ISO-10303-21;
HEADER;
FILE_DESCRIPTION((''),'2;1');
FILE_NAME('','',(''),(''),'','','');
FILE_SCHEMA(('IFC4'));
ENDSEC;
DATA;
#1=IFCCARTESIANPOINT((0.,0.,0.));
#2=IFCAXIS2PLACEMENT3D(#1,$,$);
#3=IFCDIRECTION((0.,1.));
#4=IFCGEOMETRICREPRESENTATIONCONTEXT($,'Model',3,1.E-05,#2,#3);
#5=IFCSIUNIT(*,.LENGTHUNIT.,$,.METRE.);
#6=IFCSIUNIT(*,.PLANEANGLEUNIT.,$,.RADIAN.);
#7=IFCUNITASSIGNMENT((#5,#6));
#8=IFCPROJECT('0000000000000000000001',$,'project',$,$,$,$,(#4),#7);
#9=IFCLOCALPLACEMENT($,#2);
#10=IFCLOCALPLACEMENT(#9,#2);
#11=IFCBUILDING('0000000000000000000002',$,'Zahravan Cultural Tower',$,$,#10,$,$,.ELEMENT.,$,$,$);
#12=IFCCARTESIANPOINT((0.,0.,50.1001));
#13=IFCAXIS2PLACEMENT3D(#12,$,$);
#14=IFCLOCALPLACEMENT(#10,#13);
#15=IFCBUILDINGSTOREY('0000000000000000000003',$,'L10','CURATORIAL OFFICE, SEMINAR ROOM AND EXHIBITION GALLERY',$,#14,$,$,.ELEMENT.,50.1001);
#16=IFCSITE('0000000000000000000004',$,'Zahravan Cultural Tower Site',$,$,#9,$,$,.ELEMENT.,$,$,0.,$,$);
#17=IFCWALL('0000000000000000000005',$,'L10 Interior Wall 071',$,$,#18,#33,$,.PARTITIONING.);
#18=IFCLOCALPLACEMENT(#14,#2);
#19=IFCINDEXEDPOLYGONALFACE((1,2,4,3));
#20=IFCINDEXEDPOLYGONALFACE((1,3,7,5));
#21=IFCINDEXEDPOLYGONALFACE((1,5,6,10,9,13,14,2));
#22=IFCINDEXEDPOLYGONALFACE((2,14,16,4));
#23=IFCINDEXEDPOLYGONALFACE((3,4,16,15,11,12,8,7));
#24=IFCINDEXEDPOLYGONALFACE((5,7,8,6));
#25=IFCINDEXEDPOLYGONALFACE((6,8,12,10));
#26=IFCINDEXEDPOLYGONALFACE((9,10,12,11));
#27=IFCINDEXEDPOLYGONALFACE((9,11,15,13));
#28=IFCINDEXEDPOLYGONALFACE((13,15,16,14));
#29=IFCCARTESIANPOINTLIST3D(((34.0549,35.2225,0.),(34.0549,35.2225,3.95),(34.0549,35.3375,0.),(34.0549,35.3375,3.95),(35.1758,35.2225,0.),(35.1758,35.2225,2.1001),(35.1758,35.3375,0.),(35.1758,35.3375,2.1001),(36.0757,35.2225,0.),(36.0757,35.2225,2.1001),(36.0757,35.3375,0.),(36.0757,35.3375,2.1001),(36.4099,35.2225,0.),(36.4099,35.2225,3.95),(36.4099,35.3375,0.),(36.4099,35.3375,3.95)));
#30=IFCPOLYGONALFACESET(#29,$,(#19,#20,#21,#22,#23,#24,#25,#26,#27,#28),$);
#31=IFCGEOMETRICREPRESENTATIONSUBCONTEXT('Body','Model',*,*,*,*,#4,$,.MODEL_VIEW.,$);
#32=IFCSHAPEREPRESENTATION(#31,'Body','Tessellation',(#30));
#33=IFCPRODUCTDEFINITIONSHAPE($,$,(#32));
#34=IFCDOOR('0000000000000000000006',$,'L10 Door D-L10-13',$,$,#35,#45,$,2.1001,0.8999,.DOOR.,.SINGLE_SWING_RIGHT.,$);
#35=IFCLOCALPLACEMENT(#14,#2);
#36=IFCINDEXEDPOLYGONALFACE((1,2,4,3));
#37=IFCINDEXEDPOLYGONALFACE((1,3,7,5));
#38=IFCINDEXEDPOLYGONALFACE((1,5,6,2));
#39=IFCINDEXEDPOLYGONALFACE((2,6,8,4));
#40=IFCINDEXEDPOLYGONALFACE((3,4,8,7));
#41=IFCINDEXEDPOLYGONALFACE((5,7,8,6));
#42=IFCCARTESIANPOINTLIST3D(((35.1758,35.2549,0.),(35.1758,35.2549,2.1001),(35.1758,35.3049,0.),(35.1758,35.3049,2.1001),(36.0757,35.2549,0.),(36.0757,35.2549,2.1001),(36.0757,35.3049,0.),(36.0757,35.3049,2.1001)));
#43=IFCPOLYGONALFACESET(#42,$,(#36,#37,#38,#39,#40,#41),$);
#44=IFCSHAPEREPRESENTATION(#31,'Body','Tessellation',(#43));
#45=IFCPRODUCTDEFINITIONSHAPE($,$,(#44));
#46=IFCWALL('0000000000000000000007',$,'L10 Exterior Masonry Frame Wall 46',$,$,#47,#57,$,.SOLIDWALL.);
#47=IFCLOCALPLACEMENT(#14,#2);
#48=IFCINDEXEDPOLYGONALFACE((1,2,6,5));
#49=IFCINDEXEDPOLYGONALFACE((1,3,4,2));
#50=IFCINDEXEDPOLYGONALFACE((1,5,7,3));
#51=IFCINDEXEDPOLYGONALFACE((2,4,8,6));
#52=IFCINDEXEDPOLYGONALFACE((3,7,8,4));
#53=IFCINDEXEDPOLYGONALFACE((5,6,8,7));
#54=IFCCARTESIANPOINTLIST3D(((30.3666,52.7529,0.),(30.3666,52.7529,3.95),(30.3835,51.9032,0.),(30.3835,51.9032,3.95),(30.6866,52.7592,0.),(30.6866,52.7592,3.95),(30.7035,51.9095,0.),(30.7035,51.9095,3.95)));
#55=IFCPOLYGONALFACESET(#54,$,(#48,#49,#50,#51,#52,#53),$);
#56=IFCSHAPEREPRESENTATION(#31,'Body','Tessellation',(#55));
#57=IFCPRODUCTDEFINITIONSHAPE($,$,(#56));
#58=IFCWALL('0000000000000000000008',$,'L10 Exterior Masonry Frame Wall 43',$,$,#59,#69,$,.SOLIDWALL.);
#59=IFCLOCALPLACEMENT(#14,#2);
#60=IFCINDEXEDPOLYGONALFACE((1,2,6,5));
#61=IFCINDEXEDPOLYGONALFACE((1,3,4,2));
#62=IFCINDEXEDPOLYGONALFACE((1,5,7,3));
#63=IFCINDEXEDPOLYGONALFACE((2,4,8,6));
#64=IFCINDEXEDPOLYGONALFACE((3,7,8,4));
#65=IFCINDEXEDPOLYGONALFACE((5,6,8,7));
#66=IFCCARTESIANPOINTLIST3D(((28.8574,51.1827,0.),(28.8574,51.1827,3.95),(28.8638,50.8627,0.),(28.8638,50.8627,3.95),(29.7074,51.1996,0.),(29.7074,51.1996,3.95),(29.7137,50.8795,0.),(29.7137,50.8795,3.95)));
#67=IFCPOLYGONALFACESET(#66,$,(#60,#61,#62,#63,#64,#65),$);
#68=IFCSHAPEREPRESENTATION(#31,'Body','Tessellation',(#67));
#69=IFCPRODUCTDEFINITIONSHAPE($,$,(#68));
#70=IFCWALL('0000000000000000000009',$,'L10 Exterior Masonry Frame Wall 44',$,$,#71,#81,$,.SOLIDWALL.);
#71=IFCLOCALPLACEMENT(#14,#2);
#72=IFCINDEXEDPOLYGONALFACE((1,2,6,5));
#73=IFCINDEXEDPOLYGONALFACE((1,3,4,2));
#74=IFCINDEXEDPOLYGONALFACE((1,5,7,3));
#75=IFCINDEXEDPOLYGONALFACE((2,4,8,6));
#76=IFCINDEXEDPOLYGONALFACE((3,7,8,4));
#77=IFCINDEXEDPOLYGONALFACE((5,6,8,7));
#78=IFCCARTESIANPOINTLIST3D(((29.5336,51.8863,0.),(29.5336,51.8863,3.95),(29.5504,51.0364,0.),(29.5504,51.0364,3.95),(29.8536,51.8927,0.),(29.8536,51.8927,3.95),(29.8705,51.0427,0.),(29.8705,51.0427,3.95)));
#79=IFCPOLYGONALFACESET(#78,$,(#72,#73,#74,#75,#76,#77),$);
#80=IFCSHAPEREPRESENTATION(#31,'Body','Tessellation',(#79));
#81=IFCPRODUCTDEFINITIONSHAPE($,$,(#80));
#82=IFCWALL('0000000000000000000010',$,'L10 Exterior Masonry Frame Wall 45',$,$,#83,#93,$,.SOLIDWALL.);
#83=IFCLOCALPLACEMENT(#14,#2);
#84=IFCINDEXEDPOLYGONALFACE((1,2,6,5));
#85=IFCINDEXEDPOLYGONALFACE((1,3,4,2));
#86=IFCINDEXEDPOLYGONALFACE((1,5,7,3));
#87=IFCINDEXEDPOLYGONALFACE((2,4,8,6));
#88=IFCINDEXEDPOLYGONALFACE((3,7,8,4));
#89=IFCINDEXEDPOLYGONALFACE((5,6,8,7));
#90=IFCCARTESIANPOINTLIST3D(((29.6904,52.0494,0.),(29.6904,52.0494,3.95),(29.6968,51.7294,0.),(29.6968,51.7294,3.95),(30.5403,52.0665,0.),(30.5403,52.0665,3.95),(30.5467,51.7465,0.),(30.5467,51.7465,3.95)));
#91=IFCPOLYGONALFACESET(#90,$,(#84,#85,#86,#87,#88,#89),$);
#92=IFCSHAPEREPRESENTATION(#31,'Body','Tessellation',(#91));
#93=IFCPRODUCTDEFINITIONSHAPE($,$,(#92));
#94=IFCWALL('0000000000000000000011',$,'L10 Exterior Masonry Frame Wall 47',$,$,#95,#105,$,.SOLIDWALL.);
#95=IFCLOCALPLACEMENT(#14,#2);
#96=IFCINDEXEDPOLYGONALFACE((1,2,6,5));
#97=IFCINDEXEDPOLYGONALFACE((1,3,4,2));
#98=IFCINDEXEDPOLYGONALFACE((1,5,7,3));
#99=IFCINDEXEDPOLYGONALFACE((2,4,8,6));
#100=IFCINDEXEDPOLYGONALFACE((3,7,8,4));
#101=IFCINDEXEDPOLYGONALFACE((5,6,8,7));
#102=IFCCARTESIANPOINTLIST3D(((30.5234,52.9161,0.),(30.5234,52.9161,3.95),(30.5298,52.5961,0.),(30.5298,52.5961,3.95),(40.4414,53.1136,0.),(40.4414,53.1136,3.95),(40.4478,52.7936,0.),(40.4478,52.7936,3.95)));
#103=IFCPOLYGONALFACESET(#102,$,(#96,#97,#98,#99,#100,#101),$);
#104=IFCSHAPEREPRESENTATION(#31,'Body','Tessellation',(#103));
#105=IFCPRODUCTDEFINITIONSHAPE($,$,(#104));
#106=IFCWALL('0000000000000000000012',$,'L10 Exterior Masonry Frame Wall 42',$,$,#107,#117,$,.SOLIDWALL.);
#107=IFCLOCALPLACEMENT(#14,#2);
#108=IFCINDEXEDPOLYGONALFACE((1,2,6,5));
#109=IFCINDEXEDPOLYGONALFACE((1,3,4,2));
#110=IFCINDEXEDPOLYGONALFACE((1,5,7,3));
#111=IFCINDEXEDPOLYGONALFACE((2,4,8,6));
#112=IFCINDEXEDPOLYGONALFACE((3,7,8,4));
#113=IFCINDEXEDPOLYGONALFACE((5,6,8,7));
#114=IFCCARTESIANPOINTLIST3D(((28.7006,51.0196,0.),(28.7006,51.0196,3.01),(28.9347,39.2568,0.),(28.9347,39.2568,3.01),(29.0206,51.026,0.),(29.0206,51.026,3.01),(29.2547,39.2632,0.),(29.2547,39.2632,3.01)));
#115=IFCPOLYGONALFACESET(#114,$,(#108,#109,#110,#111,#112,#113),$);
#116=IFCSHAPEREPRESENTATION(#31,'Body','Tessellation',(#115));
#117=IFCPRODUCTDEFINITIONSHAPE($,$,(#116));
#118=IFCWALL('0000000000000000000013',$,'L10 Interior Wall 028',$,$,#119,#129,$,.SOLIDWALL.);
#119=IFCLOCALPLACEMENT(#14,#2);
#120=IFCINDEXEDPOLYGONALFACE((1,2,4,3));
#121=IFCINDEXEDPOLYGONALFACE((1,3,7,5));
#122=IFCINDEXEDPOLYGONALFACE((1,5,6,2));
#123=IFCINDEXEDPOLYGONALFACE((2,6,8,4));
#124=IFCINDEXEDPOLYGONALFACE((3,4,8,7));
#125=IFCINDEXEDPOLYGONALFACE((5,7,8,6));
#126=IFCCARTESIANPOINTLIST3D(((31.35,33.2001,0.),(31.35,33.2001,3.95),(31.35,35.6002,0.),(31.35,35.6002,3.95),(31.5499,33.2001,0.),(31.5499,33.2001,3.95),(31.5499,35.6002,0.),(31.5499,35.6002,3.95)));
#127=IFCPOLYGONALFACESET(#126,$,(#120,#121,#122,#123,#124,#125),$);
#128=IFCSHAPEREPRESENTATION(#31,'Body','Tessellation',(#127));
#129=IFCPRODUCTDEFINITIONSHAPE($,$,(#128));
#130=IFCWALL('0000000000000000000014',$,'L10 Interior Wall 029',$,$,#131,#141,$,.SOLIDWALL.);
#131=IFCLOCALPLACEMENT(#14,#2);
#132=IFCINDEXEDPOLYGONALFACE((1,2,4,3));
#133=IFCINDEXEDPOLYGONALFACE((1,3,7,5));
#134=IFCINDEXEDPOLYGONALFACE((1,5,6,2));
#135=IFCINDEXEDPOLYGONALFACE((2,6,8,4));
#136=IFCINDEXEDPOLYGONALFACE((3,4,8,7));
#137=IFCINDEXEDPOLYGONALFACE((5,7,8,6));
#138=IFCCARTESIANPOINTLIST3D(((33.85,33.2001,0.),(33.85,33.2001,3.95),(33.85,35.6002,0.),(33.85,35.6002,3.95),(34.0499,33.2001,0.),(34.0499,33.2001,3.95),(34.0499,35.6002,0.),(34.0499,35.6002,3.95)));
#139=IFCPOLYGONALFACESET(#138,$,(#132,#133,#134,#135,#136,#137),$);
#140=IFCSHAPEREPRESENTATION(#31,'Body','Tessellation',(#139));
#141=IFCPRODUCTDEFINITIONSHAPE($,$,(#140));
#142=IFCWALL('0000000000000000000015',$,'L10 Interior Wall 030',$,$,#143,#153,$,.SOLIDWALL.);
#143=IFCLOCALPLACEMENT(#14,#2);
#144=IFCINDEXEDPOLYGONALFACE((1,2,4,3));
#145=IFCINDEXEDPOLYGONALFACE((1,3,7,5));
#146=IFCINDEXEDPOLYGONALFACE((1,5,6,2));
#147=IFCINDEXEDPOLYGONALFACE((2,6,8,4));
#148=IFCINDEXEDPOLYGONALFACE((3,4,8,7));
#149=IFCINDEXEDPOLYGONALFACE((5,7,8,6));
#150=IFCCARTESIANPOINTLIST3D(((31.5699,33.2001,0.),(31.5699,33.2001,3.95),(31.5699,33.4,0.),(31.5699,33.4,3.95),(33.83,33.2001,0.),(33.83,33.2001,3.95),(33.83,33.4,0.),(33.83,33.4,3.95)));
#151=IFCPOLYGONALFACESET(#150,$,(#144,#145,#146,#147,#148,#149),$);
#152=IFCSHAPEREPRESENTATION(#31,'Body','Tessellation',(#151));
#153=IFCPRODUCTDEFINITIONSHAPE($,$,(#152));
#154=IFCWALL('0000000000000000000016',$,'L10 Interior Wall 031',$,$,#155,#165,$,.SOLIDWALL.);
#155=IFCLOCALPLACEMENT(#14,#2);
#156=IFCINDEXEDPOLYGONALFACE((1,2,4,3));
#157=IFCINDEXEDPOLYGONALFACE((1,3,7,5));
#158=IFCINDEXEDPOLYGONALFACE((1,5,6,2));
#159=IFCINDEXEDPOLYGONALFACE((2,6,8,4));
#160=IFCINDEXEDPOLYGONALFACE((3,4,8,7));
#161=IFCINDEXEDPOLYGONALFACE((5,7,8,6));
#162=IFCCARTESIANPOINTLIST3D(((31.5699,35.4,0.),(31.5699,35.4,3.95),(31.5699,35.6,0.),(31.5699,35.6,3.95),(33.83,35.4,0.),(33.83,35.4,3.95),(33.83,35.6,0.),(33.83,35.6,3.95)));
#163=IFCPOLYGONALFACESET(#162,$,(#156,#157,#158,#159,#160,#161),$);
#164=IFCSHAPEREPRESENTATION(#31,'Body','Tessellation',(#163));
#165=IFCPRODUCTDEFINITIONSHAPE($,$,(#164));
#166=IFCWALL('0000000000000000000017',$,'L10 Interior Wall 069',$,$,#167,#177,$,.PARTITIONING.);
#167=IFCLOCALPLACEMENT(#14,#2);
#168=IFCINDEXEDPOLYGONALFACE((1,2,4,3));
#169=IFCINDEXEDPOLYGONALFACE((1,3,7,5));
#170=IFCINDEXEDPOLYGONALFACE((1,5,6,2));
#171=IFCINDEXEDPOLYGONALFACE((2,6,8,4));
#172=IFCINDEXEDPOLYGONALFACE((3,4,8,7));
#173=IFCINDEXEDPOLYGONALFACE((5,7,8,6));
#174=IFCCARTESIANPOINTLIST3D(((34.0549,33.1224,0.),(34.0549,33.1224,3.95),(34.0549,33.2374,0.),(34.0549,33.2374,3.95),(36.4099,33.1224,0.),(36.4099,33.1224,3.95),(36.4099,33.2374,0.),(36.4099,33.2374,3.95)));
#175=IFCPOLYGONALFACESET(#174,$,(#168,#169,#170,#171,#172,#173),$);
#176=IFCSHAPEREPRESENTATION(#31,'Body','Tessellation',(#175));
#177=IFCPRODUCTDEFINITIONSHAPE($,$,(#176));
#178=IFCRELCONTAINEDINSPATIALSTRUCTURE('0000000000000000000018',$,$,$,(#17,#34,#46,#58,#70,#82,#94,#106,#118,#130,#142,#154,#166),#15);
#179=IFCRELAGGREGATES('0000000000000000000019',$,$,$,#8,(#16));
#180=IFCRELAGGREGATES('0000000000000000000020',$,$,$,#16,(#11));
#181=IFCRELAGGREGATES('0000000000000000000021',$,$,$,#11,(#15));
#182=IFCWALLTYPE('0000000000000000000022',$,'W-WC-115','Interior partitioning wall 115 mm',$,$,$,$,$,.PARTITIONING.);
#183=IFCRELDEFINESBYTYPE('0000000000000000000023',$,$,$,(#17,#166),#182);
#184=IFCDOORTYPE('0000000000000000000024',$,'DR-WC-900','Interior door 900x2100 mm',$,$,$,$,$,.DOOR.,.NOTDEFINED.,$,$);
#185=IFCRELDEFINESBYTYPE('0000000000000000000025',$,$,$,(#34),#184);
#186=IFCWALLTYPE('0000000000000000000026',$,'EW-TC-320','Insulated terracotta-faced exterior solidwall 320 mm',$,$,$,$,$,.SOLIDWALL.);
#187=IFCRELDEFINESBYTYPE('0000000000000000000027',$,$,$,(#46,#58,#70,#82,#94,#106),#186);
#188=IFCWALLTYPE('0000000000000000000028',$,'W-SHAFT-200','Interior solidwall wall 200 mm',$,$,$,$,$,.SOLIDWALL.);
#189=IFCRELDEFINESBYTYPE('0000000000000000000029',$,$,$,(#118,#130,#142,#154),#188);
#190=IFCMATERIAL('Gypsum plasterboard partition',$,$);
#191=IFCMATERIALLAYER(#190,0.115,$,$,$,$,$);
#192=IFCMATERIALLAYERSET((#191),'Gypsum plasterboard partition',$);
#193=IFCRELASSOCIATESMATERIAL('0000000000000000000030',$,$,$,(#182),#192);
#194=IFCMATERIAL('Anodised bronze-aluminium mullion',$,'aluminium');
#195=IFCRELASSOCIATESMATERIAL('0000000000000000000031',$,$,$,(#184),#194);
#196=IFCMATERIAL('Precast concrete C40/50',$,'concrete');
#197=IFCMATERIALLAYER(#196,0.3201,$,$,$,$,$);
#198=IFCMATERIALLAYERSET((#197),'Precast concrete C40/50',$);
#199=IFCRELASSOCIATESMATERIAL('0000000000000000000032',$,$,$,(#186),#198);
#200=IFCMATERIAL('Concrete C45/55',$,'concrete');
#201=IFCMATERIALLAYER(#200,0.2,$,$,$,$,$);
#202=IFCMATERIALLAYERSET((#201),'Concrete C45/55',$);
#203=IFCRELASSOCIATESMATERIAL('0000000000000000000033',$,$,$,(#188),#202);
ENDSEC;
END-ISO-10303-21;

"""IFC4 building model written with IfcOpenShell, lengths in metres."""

from ifc_helpers import new_model, si_unit, direction, frame, frame_2d, origin, place, context, subcontext, project, spatial, rectangle, extrude, source, transform, mapped, material, layer, layer_set, type_object, element, fill, save


model = new_model("IFC4")

# Units and contexts
model_context = context("Model", 3, precision=1e-05, world=origin(), true_north=direction((0.0, 1.0)))
body_context = subcontext(model_context, "Body", "Model", "MODEL_VIEW")
ifc_project = project(units=[si_unit("LENGTHUNIT", "METRE"), si_unit("PLANEANGLEUNIT", "RADIAN")], contexts=[model_context])

# Site, building, storey
site_placement = place(None, origin())
site = spatial("IfcSite", under=ifc_project, at=site_placement, Name="Zahravan Cultural Tower Site", CompositionType="ELEMENT", RefElevation=0.0)
building_placement = place(site_placement, origin())
building = spatial("IfcBuilding", under=site, at=building_placement, Name="Zahravan Cultural Tower", CompositionType="ELEMENT")
storey_placement = place(building_placement, frame((0.0, 0.0, 50.1001)))
storey = spatial("IfcBuildingStorey", under=building, at=storey_placement, Name="L10", Description="CURATORIAL OFFICE, SEMINAR ROOM AND EXHIBITION GALLERY", CompositionType="ELEMENT", Elevation=50.1001)

# Wall, opening, door
ifc_material_1 = material(Name="Gypsum plasterboard partition")
ifc_layer_1 = layer(ifc_material_1, 0.115)
ifc_layer_set_1 = layer_set([ifc_layer_1], Name="Gypsum plasterboard partition")
wall_type_1 = type_object("IfcWallType", Name="W-WC-115", Description="Interior partitioning wall 115 mm", PredefinedType="PARTITIONING", material=ifc_layer_set_1)
wall_1_placement = place(storey_placement, frame((34.0549, 35.28, 0.0), z_axis=(0.0, 0.0, 1.0), x_axis=(1.0, 0.0, 0.0)))
wall_1 = element("IfcWall", 1, at=wall_1_placement, inside=storey, type_object=wall_type_1, Name="L10 Interior Wall 071", PredefinedType="PARTITIONING", context=body_context, shape_type="SweptSolid", body=[
    extrude(rectangle(XDim=2.355, YDim=0.115, at=frame_2d((1.1775, 0.0))), origin(), (0.0, 0.0, 1.0), 3.95),
])
opening_placement = place(wall_1_placement, frame((1.1208, 0.0, 0.0)))
opening = element("IfcOpeningElement", 2, at=opening_placement, cuts=wall_1, PredefinedType="OPENING", context=body_context, shape_type="SweptSolid", body=[
    extrude(rectangle(XDim=0.8999, YDim=2.1001, at=frame_2d((0.45, 1.05))), frame((0.0, 0.0674, 0.0), z_axis=(0.0, -1.0, 0.0), x_axis=(1.0, 0.0, 0.0)), (0.0, 0.0, 1.0), 0.135),
])
ifc_material_2 = material(Name="Anodised bronze-aluminium mullion", Category="aluminium")
door_type = type_object("IfcDoorType", Name="DR-WC-900", Description="Interior door 900x2100 mm", OperationType="NOTDEFINED", PredefinedType="DOOR", material=ifc_material_2)
shared_shape_1 = source(origin(), body_context, "Body", "SweptSolid", [
    extrude(rectangle(XDim=0.8999, YDim=2.1001, at=frame_2d((0.45, 1.05))), frame((0.0, 0.0249, 0.0), z_axis=(0.0, -1.0, 0.0), x_axis=(1.0, 0.0, 0.0)), (0.0, 0.0, 1.0), 0.05),
])
door_placement = place(opening_placement, origin())
door = element("IfcDoor", 3, at=door_placement, inside=storey, type_object=door_type, Name="L10 Door D-L10-13", OperationType="SINGLE_SWING_RIGHT", OverallHeight=2.1001, OverallWidth=0.8999, PredefinedType="DOOR", context=body_context, shape_type="MappedRepresentation", body=[
    mapped(shared_shape_1, transform((0.0, 0.0, 0.0), x_axis=(1.0, 0.0, 0.0), y_axis=(0.0, 1.0, 0.0), z_axis=(0.0, 0.0, 1.0), scale=1.0)),
])
fill(opening, door)

# Walls
ifc_material_3 = material(Name="Precast concrete C40/50", Category="concrete")
ifc_layer_2 = layer(ifc_material_3, 0.3201)
ifc_layer_set_2 = layer_set([ifc_layer_2], Name="Precast concrete C40/50")
wall_type_2 = type_object("IfcWallType", Name="EW-TC-320", Description="Insulated terracotta-faced exterior solidwall 320 mm", PredefinedType="SOLIDWALL", material=ifc_layer_set_2)
shared_shape_2 = source(origin(), body_context, "Body", "SweptSolid", [
    extrude(rectangle(XDim=0.8499, YDim=0.3201, at=frame_2d((0.4248, 0.0))), origin(), (0.0, 0.0, 1.0), 3.95),
])
wall_2_placement = place(storey_placement, frame((30.5435, 51.9065, 0.0), z_axis=(0.0, 0.0, 1.0), x_axis=(-0.019824, 0.999803, 0.0)))
element("IfcWall", 4, at=wall_2_placement, inside=storey, type_object=wall_type_2, Name="L10 Exterior Masonry Frame Wall 46", PredefinedType="SOLIDWALL", context=body_context, shape_type="MappedRepresentation", body=[
    mapped(shared_shape_2, transform((0.0, 0.0, 0.0), x_axis=(1.0, 0.0, 0.0), y_axis=(0.0, 1.0, 0.0), z_axis=(0.0, 0.0, 1.0), scale=1.0)),
])
shared_shape_3 = source(origin(), body_context, "Body", "SweptSolid", [
    extrude(rectangle(XDim=0.8501, YDim=0.3201, at=frame_2d((0.425, 0.0))), origin(), (0.0, 0.0, 1.0), 3.95),
])
for number, where, z_axis, x_axis, name in (
    (5, (28.8606, 51.0227, 0.0), (0.0, 0.0, 1.0), (0.999804, 0.019818, 0.0), "L10 Exterior Masonry Frame Wall 43"),
    (6, (29.7104, 51.0396, 0.0), (0.0, 0.0, 1.0), (-0.019818, 0.999804, 0.0), "L10 Exterior Masonry Frame Wall 44"),
    (7, (29.6936, 51.8894, 0.0), (0.0, 0.0, 1.0), (0.999798, 0.020105, 0.0), "L10 Exterior Masonry Frame Wall 45"),
):
    element("IfcWall", number, at=place(storey_placement, frame(where, z_axis=z_axis, x_axis=x_axis)), inside=storey, type_object=wall_type_2, Name=name, PredefinedType="SOLIDWALL", context=body_context, shape_type="MappedRepresentation", body=[
        mapped(shared_shape_3, transform((0.0, 0.0, 0.0), x_axis=(1.0, 0.0, 0.0), y_axis=(0.0, 1.0, 0.0), z_axis=(0.0, 0.0, 1.0), scale=1.0)),
    ])
shared_shape_4 = source(origin(), body_context, "Body", "SweptSolid", [
    extrude(rectangle(XDim=9.9199, YDim=0.3201, at=frame_2d((4.96, 0.0))), origin(), (0.0, 0.0, 1.0), 3.95),
])
wall_3_placement = place(storey_placement, frame((30.5266, 52.7561, 0.0), z_axis=(0.0, 0.0, 1.0), x_axis=(0.999802, 0.01991, 0.0)))
element("IfcWall", 8, at=wall_3_placement, inside=storey, type_object=wall_type_2, Name="L10 Exterior Masonry Frame Wall 47", PredefinedType="SOLIDWALL", context=body_context, shape_type="MappedRepresentation", body=[
    mapped(shared_shape_4, transform((0.0, 0.0, 0.0), x_axis=(1.0, 0.0, 0.0), y_axis=(0.0, 1.0, 0.0), z_axis=(0.0, 0.0, 1.0), scale=1.0)),
])
shared_shape_5 = source(origin(), body_context, "Body", "SweptSolid", [
    extrude(rectangle(XDim=11.7651, YDim=0.3201, at=frame_2d((5.8826, 0.0))), origin(), (0.0, 0.0, 1.0), 3.01),
])
wall_4_placement = place(storey_placement, frame((29.0947, 39.26, 0.0), z_axis=(0.0, 0.0, 1.0), x_axis=(-0.019901, 0.999802, 0.0)))
element("IfcWall", 9, at=wall_4_placement, inside=storey, type_object=wall_type_2, Name="L10 Exterior Masonry Frame Wall 42", PredefinedType="SOLIDWALL", context=body_context, shape_type="MappedRepresentation", body=[
    mapped(shared_shape_5, transform((0.0, 0.0, 0.0), x_axis=(1.0, 0.0, 0.0), y_axis=(0.0, 1.0, 0.0), z_axis=(0.0, 0.0, 1.0), scale=1.0)),
])
ifc_material_4 = material(Name="Concrete C45/55", Category="concrete")
ifc_layer_3 = layer(ifc_material_4, 0.2)
ifc_layer_set_3 = layer_set([ifc_layer_3], Name="Concrete C45/55")
wall_type_3 = type_object("IfcWallType", Name="W-SHAFT-200", Description="Interior solidwall wall 200 mm", PredefinedType="SOLIDWALL", material=ifc_layer_set_3)
shared_shape_6 = source(origin(), body_context, "Body", "SweptSolid", [
    extrude(rectangle(XDim=2.4001, YDim=0.2, at=frame_2d((1.2002, 0.0))), origin(), (0.0, 0.0, 1.0), 3.95),
])
for number, where, z_axis, x_axis, name in (
    (10, (31.45, 33.2, 0.0), (0.0, 0.0, 1.0), (0.0, 1.0, 0.0), "L10 Interior Wall 028"),
    (11, (33.95, 33.2, 0.0), (0.0, 0.0, 1.0), (0.0, 1.0, 0.0), "L10 Interior Wall 029"),
):
    element("IfcWall", number, at=place(storey_placement, frame(where, z_axis=z_axis, x_axis=x_axis)), inside=storey, type_object=wall_type_3, Name=name, PredefinedType="SOLIDWALL", context=body_context, shape_type="MappedRepresentation", body=[
        mapped(shared_shape_6, transform((0.0, 0.0, 0.0), x_axis=(1.0, 0.0, 0.0), y_axis=(0.0, 1.0, 0.0), z_axis=(0.0, 0.0, 1.0), scale=1.0)),
    ])
shared_shape_7 = source(origin(), body_context, "Body", "SweptSolid", [
    extrude(rectangle(XDim=2.26, YDim=0.2, at=frame_2d((1.1299, 0.0))), origin(), (0.0, 0.0, 1.0), 3.95),
])
for number, where, z_axis, x_axis, name in (
    (12, (31.5701, 33.3, 0.0), (0.0, 0.0, 1.0), (1.0, 0.0, 0.0), "L10 Interior Wall 030"),
    (13, (31.5701, 35.5, 0.0), (0.0, 0.0, 1.0), (1.0, 0.0, 0.0), "L10 Interior Wall 031"),
):
    element("IfcWall", number, at=place(storey_placement, frame(where, z_axis=z_axis, x_axis=x_axis)), inside=storey, type_object=wall_type_3, Name=name, PredefinedType="SOLIDWALL", context=body_context, shape_type="MappedRepresentation", body=[
        mapped(shared_shape_7, transform((0.0, 0.0, 0.0), x_axis=(1.0, 0.0, 0.0), y_axis=(0.0, 1.0, 0.0), z_axis=(0.0, 0.0, 1.0), scale=1.0)),
    ])
shared_shape_8 = source(origin(), body_context, "Body", "SweptSolid", [
    extrude(rectangle(XDim=2.355, YDim=0.115, at=frame_2d((1.1775, 0.0))), origin(), (0.0, 0.0, 1.0), 3.95),
])
wall_5_placement = place(storey_placement, frame((34.0549, 33.1799, 0.0), z_axis=(0.0, 0.0, 1.0), x_axis=(1.0, 0.0, 0.0)))
element("IfcWall", 14, at=wall_5_placement, inside=storey, type_object=wall_type_1, Name="L10 Interior Wall 069", PredefinedType="PARTITIONING", context=body_context, shape_type="MappedRepresentation", body=[
    mapped(shared_shape_8, transform((0.0, 0.0, 0.0), x_axis=(1.0, 0.0, 0.0), y_axis=(0.0, 1.0, 0.0), z_axis=(0.0, 0.0, 1.0), scale=1.0)),
])

save(model, "model.ifc")
